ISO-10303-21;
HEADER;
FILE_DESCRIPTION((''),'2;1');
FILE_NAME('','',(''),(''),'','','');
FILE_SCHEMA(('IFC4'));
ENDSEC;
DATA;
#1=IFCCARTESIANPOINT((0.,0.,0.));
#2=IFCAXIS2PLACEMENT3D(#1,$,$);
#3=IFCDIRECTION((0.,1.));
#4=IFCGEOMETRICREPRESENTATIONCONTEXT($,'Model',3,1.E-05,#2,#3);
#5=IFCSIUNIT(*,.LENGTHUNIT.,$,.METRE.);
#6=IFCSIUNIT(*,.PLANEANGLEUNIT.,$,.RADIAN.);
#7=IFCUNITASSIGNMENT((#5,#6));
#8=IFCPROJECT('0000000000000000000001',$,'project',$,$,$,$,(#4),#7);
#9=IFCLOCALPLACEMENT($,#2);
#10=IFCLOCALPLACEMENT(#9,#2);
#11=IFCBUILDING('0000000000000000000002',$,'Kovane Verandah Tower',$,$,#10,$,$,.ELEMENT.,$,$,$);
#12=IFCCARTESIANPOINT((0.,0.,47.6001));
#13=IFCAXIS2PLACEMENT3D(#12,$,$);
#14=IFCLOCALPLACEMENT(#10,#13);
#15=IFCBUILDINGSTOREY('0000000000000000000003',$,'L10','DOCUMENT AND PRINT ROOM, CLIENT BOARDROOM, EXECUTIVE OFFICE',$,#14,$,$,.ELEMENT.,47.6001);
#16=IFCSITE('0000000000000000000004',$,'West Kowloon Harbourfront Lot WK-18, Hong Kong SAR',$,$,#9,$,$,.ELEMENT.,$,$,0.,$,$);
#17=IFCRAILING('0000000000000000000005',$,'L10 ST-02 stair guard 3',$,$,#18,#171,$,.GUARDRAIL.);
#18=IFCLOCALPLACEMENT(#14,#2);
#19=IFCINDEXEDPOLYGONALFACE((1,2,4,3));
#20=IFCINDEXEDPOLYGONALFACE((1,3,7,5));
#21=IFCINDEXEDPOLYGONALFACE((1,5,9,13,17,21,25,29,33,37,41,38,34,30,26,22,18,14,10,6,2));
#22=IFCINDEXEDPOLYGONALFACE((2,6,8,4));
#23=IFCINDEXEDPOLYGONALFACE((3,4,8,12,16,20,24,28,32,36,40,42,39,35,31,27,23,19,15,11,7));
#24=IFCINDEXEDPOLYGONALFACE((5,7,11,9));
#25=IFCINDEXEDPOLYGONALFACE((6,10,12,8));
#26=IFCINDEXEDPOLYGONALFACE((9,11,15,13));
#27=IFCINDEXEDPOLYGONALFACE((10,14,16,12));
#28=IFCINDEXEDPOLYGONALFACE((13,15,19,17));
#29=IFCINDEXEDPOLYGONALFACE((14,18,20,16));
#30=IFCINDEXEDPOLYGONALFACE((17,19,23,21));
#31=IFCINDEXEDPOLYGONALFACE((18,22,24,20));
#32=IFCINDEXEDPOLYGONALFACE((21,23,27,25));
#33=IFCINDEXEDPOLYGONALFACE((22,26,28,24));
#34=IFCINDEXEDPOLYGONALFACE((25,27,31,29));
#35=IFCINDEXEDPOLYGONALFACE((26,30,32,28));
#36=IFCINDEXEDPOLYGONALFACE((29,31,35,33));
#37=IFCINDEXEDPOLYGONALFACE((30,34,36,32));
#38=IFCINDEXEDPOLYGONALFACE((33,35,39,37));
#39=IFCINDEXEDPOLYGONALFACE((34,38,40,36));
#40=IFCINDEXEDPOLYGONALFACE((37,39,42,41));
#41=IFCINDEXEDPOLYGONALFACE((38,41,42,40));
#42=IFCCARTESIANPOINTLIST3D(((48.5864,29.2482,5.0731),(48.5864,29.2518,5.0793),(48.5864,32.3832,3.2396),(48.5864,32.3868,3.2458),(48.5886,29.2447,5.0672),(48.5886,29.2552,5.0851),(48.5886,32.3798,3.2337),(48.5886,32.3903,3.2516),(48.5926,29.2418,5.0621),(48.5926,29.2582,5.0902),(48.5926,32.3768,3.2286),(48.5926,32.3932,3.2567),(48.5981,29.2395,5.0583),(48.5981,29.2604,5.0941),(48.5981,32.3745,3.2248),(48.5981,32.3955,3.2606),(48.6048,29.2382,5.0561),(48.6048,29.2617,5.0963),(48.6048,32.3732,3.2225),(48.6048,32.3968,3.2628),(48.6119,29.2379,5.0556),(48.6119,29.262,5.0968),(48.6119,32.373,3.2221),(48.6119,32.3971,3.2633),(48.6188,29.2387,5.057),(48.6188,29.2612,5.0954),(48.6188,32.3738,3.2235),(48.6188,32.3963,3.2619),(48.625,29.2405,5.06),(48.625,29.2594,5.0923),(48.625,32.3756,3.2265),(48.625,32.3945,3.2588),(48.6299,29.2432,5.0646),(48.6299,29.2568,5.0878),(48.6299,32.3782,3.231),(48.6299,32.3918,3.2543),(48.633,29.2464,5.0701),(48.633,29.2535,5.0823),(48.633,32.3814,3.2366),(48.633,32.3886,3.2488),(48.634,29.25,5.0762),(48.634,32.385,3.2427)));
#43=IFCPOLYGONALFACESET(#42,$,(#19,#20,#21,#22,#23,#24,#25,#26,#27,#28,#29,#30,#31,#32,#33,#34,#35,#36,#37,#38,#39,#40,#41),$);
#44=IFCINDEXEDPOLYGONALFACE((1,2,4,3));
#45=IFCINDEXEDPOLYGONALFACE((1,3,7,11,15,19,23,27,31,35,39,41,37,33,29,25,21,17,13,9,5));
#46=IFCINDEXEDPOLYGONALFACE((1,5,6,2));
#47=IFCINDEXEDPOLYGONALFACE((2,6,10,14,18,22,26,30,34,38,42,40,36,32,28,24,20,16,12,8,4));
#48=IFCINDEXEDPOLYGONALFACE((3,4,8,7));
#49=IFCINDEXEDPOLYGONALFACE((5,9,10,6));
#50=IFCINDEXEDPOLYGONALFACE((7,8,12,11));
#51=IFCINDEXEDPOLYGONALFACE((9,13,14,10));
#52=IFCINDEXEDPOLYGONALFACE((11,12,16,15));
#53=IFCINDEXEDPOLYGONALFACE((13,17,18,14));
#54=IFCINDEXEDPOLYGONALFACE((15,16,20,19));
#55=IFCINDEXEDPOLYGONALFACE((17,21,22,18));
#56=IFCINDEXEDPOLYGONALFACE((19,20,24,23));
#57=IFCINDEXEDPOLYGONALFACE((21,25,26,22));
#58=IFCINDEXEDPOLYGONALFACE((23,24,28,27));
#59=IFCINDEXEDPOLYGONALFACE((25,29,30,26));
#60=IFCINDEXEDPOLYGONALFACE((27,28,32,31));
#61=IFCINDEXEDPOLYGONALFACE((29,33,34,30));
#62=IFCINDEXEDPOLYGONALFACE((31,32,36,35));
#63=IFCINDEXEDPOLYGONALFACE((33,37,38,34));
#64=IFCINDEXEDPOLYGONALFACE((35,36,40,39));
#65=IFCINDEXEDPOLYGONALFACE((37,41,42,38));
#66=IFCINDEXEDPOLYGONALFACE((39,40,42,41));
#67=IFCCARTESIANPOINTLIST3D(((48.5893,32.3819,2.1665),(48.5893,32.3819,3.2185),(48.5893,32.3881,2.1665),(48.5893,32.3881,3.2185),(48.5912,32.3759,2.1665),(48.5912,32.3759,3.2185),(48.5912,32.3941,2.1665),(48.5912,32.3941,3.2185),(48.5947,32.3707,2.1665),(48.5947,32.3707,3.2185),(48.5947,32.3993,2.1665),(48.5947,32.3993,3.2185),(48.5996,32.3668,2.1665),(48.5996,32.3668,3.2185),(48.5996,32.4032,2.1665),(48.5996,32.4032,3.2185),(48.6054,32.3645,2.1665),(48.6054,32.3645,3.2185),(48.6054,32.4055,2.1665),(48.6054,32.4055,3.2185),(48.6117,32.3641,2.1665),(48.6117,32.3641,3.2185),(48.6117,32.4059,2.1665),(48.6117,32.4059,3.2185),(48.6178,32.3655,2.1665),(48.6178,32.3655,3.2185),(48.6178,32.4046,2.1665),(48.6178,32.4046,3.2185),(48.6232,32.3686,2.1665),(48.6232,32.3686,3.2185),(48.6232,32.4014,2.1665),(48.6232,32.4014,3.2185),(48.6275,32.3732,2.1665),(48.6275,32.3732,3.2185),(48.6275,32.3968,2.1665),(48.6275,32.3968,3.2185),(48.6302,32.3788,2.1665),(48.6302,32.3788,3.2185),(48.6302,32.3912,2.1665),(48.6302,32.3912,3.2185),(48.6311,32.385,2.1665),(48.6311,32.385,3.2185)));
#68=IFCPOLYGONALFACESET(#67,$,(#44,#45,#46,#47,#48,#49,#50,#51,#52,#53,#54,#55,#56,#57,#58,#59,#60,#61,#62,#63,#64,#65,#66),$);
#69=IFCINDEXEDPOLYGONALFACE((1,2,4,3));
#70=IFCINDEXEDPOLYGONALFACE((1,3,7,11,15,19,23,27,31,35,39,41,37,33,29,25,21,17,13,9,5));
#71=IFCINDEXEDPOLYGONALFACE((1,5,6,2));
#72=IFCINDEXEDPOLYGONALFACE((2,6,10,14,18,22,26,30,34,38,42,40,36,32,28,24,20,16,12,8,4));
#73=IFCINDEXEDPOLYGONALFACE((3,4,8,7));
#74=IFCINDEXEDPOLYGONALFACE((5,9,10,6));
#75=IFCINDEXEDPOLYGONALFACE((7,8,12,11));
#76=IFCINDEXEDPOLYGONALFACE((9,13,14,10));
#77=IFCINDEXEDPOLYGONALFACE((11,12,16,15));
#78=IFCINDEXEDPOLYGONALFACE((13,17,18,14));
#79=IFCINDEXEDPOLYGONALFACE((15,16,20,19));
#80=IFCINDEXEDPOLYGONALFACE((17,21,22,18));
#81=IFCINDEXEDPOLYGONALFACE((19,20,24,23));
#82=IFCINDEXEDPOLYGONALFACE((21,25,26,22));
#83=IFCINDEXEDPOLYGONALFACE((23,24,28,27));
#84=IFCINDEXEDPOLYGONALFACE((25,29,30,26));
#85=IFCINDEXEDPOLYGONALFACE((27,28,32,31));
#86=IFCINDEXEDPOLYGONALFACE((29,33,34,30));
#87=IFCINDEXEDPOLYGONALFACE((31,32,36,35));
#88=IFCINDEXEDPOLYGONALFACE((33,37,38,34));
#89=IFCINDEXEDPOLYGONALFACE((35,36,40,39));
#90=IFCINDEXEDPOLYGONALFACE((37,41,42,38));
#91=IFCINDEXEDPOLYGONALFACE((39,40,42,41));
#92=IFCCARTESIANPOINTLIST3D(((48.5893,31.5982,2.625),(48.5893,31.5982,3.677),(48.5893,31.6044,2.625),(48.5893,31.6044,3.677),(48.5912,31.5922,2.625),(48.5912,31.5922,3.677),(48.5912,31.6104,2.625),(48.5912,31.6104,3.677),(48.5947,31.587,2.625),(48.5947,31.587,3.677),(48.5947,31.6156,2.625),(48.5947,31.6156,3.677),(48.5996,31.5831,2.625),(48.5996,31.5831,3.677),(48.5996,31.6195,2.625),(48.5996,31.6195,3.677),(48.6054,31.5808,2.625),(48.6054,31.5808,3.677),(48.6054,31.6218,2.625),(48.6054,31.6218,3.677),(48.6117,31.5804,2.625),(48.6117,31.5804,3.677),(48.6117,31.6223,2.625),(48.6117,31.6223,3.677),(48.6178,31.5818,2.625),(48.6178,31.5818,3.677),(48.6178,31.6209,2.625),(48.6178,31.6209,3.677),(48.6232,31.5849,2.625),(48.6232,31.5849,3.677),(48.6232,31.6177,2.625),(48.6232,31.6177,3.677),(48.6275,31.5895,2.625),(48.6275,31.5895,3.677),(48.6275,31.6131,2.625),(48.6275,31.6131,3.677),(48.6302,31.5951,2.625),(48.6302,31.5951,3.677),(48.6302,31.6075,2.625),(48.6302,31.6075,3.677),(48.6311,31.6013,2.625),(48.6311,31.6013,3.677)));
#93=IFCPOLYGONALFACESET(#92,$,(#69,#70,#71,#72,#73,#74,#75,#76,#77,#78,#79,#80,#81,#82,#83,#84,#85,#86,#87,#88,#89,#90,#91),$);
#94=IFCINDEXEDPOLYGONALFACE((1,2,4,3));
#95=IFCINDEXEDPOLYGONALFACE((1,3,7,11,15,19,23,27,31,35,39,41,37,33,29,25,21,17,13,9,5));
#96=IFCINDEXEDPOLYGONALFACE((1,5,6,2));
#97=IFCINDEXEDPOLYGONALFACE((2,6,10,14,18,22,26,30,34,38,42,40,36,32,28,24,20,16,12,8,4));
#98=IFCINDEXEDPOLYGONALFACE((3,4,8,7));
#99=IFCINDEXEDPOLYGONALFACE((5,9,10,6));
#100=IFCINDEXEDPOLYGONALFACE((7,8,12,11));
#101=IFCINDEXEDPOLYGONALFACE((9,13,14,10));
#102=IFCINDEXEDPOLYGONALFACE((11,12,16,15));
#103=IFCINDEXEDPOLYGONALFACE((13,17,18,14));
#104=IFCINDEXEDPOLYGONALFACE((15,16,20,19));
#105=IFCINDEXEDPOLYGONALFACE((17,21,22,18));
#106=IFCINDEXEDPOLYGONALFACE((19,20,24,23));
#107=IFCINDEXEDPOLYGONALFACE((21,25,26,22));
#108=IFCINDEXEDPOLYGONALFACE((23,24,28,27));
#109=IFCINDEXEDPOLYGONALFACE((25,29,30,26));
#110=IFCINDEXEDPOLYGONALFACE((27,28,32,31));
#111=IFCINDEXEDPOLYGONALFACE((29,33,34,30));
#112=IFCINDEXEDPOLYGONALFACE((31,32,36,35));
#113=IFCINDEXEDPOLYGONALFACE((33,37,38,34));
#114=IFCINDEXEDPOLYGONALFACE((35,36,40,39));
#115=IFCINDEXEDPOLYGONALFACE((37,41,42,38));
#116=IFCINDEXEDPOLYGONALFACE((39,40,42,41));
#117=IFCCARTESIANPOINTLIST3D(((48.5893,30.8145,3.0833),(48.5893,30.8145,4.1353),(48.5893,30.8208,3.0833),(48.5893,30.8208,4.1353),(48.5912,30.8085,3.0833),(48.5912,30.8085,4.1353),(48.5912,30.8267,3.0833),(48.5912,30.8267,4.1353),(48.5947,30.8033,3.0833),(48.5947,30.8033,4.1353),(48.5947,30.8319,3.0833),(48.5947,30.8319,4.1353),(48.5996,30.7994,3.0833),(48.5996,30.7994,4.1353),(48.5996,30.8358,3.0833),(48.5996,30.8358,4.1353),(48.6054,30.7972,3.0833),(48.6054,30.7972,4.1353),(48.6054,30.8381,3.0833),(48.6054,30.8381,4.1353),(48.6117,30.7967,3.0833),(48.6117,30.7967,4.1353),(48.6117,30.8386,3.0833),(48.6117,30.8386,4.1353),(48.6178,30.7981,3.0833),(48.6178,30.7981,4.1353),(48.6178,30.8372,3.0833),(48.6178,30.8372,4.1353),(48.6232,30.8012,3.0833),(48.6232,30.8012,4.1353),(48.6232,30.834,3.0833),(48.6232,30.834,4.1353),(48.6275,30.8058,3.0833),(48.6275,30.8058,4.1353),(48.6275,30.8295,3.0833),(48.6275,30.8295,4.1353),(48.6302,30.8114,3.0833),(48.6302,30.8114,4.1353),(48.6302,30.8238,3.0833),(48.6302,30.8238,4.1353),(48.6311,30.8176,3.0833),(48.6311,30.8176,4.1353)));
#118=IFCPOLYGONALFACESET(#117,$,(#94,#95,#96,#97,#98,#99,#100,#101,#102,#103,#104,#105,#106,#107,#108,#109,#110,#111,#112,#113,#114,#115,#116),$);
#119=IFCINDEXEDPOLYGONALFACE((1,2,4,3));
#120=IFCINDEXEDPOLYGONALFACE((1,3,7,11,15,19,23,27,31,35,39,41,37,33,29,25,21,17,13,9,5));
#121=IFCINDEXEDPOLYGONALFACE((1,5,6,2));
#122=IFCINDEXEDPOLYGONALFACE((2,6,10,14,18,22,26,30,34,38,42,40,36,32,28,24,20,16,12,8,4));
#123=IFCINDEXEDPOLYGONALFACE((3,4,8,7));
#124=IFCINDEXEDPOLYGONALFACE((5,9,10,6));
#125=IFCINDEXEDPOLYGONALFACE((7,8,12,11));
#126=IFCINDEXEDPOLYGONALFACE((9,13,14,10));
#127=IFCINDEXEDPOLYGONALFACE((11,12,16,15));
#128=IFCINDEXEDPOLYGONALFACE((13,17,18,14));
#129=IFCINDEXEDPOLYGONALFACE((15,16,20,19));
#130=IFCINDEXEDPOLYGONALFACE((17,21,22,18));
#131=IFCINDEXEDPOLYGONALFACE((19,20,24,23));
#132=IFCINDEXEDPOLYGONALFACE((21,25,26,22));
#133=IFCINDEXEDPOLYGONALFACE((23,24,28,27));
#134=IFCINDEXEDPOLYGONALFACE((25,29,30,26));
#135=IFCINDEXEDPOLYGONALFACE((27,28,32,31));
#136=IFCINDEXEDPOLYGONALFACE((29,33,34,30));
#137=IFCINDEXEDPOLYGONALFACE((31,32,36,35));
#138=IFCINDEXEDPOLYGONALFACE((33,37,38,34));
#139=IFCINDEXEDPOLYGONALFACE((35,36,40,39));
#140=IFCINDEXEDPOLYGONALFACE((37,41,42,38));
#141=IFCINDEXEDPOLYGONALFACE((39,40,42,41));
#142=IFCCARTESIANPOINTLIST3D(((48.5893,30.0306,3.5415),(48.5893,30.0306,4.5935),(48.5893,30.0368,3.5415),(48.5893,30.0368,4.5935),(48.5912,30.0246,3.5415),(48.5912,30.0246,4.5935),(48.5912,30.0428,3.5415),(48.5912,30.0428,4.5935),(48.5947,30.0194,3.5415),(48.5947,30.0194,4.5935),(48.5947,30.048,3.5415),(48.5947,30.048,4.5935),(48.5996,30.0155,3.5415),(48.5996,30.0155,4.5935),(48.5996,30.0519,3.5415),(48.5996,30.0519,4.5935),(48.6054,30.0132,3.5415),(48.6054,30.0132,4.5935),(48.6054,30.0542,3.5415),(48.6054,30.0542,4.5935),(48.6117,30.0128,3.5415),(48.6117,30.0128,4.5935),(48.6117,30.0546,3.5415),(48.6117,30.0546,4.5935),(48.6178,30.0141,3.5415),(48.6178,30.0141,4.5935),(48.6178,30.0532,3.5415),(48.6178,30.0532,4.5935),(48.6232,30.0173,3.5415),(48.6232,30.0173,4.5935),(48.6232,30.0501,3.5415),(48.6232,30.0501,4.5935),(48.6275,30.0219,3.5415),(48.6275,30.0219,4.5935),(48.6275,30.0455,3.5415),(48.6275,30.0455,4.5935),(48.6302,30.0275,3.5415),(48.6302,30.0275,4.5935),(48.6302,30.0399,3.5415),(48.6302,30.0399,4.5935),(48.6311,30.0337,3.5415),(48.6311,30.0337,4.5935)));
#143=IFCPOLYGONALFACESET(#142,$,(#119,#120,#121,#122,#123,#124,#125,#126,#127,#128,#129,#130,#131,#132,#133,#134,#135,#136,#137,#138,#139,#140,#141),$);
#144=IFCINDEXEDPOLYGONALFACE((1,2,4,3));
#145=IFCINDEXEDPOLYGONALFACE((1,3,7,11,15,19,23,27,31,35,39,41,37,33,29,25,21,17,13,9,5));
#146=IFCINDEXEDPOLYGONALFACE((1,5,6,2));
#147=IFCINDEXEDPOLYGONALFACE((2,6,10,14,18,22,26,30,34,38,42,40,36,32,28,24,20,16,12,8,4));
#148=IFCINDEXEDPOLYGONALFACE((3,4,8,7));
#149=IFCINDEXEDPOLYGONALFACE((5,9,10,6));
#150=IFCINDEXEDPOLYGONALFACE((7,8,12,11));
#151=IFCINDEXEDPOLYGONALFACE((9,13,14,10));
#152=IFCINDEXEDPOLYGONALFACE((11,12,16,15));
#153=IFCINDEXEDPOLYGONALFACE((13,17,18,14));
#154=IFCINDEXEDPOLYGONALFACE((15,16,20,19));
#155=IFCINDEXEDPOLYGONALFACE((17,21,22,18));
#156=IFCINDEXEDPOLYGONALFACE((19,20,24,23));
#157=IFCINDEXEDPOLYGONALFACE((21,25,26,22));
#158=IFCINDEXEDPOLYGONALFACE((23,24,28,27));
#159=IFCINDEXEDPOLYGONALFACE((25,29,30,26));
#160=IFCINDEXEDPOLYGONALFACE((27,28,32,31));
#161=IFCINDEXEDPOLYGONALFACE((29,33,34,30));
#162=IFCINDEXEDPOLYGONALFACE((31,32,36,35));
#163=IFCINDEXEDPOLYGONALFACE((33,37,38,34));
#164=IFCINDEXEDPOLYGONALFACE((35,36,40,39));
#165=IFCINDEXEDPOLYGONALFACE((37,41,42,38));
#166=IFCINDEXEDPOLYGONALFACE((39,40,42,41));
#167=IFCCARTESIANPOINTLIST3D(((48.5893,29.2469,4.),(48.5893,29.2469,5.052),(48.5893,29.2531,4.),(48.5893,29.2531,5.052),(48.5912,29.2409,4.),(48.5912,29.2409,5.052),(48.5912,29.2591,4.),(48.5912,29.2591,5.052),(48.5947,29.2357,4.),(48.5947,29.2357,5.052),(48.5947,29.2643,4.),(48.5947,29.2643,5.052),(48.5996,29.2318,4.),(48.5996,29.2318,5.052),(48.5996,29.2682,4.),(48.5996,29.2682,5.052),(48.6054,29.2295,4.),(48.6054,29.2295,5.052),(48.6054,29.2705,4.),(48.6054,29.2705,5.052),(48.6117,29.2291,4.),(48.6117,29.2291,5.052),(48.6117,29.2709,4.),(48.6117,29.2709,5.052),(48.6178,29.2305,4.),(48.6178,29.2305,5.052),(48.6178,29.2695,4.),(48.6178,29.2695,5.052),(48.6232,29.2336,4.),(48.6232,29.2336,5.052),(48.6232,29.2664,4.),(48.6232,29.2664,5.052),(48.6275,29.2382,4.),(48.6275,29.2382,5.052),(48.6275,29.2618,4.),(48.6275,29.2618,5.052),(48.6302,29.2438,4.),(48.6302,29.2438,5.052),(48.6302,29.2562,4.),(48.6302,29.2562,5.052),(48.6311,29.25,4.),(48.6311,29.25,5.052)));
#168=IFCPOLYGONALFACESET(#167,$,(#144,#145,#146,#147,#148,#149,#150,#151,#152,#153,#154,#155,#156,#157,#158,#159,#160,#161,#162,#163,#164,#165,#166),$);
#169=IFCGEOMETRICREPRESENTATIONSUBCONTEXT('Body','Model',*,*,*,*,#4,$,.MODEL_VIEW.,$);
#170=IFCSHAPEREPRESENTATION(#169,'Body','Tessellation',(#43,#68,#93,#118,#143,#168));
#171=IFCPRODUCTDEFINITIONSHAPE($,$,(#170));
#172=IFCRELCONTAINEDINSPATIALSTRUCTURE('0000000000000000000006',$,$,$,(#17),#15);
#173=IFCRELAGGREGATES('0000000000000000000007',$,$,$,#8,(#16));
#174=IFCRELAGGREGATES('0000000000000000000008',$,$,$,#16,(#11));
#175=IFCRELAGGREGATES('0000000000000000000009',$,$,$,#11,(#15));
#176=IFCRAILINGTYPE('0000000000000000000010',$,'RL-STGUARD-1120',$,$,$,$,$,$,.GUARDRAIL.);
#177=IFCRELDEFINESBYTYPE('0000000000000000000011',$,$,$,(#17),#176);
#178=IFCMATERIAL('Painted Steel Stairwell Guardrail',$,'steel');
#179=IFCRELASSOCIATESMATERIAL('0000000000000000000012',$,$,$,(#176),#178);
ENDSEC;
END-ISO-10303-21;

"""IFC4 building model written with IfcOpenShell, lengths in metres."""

from ifc_helpers import new_model, si_unit, direction, frame, origin, origin_2d, place, context, subcontext, project, spatial, circle, extrude, material, type_object, element, save


model = new_model("IFC4")

# Units and contexts
model_context = context("Model", 3, precision=1e-05, world=origin(), true_north=direction((0.0, 1.0)))
body_context = subcontext(model_context, "Body", "Model", "MODEL_VIEW")
ifc_project = project(units=[si_unit("LENGTHUNIT", "METRE"), si_unit("PLANEANGLEUNIT", "RADIAN")], contexts=[model_context])

# Site, building, storey
site_placement = place(None, origin())
site = spatial("IfcSite", under=ifc_project, at=site_placement, Name="West Kowloon Harbourfront Lot WK-18, Hong Kong SAR", CompositionType="ELEMENT", RefElevation=0.0)
building_placement = place(site_placement, origin())
building = spatial("IfcBuilding", under=site, at=building_placement, Name="Kovane Verandah Tower", CompositionType="ELEMENT")
storey_placement = place(building_placement, frame((0.0, 0.0, 47.6001)))
storey = spatial("IfcBuildingStorey", under=building, at=storey_placement, Name="L10", Description="DOCUMENT AND PRINT ROOM, CLIENT BOARDROOM, EXECUTIVE OFFICE", CompositionType="ELEMENT", Elevation=47.6001)

# Railing
ifc_material_1 = material(Name="Painted Steel Stairwell Guardrail", Category="steel")
railing_type_1 = type_object("IfcRailingType", Name="RL-STGUARD-1120", PredefinedType="GUARDRAIL", material=ifc_material_1)
railing_1_placement = place(storey_placement, frame((48.6101, 32.385, 2.1665)))
element("IfcRailing", 1, at=railing_1_placement, inside=storey, type_object=railing_type_1, Name="L10 ST-02 stair guard 3", PredefinedType="GUARDRAIL", context=body_context, shape_type="SweptSolid", body=[
    extrude(circle(Radius=0.0239, at=origin_2d()), frame((0.0, 0.0, 1.0762), z_axis=(0.0, -0.86321, 0.504845), x_axis=(1.0, 0.0, 0.0)), (0.0, 0.0, 1.0), 3.6318),
    extrude(circle(Radius=0.021, at=origin_2d()), origin(), (0.0, 0.0, 1.0), 1.052),
    extrude(circle(Radius=0.021, at=origin_2d()), frame((0.0, -0.7837, 0.4585)), (0.0, 0.0, 1.0), 1.052),
    extrude(circle(Radius=0.021, at=origin_2d()), frame((0.0, -1.5674, 0.9167)), (0.0, 0.0, 1.0), 1.052),
    extrude(circle(Radius=0.021, at=origin_2d()), frame((0.0, -2.3513, 1.375)), (0.0, 0.0, 1.0), 1.052),
    extrude(circle(Radius=0.021, at=origin_2d()), frame((0.0, -3.135, 1.8335)), (0.0, 0.0, 1.0), 1.052),
])

save(model, "model.ifc")
